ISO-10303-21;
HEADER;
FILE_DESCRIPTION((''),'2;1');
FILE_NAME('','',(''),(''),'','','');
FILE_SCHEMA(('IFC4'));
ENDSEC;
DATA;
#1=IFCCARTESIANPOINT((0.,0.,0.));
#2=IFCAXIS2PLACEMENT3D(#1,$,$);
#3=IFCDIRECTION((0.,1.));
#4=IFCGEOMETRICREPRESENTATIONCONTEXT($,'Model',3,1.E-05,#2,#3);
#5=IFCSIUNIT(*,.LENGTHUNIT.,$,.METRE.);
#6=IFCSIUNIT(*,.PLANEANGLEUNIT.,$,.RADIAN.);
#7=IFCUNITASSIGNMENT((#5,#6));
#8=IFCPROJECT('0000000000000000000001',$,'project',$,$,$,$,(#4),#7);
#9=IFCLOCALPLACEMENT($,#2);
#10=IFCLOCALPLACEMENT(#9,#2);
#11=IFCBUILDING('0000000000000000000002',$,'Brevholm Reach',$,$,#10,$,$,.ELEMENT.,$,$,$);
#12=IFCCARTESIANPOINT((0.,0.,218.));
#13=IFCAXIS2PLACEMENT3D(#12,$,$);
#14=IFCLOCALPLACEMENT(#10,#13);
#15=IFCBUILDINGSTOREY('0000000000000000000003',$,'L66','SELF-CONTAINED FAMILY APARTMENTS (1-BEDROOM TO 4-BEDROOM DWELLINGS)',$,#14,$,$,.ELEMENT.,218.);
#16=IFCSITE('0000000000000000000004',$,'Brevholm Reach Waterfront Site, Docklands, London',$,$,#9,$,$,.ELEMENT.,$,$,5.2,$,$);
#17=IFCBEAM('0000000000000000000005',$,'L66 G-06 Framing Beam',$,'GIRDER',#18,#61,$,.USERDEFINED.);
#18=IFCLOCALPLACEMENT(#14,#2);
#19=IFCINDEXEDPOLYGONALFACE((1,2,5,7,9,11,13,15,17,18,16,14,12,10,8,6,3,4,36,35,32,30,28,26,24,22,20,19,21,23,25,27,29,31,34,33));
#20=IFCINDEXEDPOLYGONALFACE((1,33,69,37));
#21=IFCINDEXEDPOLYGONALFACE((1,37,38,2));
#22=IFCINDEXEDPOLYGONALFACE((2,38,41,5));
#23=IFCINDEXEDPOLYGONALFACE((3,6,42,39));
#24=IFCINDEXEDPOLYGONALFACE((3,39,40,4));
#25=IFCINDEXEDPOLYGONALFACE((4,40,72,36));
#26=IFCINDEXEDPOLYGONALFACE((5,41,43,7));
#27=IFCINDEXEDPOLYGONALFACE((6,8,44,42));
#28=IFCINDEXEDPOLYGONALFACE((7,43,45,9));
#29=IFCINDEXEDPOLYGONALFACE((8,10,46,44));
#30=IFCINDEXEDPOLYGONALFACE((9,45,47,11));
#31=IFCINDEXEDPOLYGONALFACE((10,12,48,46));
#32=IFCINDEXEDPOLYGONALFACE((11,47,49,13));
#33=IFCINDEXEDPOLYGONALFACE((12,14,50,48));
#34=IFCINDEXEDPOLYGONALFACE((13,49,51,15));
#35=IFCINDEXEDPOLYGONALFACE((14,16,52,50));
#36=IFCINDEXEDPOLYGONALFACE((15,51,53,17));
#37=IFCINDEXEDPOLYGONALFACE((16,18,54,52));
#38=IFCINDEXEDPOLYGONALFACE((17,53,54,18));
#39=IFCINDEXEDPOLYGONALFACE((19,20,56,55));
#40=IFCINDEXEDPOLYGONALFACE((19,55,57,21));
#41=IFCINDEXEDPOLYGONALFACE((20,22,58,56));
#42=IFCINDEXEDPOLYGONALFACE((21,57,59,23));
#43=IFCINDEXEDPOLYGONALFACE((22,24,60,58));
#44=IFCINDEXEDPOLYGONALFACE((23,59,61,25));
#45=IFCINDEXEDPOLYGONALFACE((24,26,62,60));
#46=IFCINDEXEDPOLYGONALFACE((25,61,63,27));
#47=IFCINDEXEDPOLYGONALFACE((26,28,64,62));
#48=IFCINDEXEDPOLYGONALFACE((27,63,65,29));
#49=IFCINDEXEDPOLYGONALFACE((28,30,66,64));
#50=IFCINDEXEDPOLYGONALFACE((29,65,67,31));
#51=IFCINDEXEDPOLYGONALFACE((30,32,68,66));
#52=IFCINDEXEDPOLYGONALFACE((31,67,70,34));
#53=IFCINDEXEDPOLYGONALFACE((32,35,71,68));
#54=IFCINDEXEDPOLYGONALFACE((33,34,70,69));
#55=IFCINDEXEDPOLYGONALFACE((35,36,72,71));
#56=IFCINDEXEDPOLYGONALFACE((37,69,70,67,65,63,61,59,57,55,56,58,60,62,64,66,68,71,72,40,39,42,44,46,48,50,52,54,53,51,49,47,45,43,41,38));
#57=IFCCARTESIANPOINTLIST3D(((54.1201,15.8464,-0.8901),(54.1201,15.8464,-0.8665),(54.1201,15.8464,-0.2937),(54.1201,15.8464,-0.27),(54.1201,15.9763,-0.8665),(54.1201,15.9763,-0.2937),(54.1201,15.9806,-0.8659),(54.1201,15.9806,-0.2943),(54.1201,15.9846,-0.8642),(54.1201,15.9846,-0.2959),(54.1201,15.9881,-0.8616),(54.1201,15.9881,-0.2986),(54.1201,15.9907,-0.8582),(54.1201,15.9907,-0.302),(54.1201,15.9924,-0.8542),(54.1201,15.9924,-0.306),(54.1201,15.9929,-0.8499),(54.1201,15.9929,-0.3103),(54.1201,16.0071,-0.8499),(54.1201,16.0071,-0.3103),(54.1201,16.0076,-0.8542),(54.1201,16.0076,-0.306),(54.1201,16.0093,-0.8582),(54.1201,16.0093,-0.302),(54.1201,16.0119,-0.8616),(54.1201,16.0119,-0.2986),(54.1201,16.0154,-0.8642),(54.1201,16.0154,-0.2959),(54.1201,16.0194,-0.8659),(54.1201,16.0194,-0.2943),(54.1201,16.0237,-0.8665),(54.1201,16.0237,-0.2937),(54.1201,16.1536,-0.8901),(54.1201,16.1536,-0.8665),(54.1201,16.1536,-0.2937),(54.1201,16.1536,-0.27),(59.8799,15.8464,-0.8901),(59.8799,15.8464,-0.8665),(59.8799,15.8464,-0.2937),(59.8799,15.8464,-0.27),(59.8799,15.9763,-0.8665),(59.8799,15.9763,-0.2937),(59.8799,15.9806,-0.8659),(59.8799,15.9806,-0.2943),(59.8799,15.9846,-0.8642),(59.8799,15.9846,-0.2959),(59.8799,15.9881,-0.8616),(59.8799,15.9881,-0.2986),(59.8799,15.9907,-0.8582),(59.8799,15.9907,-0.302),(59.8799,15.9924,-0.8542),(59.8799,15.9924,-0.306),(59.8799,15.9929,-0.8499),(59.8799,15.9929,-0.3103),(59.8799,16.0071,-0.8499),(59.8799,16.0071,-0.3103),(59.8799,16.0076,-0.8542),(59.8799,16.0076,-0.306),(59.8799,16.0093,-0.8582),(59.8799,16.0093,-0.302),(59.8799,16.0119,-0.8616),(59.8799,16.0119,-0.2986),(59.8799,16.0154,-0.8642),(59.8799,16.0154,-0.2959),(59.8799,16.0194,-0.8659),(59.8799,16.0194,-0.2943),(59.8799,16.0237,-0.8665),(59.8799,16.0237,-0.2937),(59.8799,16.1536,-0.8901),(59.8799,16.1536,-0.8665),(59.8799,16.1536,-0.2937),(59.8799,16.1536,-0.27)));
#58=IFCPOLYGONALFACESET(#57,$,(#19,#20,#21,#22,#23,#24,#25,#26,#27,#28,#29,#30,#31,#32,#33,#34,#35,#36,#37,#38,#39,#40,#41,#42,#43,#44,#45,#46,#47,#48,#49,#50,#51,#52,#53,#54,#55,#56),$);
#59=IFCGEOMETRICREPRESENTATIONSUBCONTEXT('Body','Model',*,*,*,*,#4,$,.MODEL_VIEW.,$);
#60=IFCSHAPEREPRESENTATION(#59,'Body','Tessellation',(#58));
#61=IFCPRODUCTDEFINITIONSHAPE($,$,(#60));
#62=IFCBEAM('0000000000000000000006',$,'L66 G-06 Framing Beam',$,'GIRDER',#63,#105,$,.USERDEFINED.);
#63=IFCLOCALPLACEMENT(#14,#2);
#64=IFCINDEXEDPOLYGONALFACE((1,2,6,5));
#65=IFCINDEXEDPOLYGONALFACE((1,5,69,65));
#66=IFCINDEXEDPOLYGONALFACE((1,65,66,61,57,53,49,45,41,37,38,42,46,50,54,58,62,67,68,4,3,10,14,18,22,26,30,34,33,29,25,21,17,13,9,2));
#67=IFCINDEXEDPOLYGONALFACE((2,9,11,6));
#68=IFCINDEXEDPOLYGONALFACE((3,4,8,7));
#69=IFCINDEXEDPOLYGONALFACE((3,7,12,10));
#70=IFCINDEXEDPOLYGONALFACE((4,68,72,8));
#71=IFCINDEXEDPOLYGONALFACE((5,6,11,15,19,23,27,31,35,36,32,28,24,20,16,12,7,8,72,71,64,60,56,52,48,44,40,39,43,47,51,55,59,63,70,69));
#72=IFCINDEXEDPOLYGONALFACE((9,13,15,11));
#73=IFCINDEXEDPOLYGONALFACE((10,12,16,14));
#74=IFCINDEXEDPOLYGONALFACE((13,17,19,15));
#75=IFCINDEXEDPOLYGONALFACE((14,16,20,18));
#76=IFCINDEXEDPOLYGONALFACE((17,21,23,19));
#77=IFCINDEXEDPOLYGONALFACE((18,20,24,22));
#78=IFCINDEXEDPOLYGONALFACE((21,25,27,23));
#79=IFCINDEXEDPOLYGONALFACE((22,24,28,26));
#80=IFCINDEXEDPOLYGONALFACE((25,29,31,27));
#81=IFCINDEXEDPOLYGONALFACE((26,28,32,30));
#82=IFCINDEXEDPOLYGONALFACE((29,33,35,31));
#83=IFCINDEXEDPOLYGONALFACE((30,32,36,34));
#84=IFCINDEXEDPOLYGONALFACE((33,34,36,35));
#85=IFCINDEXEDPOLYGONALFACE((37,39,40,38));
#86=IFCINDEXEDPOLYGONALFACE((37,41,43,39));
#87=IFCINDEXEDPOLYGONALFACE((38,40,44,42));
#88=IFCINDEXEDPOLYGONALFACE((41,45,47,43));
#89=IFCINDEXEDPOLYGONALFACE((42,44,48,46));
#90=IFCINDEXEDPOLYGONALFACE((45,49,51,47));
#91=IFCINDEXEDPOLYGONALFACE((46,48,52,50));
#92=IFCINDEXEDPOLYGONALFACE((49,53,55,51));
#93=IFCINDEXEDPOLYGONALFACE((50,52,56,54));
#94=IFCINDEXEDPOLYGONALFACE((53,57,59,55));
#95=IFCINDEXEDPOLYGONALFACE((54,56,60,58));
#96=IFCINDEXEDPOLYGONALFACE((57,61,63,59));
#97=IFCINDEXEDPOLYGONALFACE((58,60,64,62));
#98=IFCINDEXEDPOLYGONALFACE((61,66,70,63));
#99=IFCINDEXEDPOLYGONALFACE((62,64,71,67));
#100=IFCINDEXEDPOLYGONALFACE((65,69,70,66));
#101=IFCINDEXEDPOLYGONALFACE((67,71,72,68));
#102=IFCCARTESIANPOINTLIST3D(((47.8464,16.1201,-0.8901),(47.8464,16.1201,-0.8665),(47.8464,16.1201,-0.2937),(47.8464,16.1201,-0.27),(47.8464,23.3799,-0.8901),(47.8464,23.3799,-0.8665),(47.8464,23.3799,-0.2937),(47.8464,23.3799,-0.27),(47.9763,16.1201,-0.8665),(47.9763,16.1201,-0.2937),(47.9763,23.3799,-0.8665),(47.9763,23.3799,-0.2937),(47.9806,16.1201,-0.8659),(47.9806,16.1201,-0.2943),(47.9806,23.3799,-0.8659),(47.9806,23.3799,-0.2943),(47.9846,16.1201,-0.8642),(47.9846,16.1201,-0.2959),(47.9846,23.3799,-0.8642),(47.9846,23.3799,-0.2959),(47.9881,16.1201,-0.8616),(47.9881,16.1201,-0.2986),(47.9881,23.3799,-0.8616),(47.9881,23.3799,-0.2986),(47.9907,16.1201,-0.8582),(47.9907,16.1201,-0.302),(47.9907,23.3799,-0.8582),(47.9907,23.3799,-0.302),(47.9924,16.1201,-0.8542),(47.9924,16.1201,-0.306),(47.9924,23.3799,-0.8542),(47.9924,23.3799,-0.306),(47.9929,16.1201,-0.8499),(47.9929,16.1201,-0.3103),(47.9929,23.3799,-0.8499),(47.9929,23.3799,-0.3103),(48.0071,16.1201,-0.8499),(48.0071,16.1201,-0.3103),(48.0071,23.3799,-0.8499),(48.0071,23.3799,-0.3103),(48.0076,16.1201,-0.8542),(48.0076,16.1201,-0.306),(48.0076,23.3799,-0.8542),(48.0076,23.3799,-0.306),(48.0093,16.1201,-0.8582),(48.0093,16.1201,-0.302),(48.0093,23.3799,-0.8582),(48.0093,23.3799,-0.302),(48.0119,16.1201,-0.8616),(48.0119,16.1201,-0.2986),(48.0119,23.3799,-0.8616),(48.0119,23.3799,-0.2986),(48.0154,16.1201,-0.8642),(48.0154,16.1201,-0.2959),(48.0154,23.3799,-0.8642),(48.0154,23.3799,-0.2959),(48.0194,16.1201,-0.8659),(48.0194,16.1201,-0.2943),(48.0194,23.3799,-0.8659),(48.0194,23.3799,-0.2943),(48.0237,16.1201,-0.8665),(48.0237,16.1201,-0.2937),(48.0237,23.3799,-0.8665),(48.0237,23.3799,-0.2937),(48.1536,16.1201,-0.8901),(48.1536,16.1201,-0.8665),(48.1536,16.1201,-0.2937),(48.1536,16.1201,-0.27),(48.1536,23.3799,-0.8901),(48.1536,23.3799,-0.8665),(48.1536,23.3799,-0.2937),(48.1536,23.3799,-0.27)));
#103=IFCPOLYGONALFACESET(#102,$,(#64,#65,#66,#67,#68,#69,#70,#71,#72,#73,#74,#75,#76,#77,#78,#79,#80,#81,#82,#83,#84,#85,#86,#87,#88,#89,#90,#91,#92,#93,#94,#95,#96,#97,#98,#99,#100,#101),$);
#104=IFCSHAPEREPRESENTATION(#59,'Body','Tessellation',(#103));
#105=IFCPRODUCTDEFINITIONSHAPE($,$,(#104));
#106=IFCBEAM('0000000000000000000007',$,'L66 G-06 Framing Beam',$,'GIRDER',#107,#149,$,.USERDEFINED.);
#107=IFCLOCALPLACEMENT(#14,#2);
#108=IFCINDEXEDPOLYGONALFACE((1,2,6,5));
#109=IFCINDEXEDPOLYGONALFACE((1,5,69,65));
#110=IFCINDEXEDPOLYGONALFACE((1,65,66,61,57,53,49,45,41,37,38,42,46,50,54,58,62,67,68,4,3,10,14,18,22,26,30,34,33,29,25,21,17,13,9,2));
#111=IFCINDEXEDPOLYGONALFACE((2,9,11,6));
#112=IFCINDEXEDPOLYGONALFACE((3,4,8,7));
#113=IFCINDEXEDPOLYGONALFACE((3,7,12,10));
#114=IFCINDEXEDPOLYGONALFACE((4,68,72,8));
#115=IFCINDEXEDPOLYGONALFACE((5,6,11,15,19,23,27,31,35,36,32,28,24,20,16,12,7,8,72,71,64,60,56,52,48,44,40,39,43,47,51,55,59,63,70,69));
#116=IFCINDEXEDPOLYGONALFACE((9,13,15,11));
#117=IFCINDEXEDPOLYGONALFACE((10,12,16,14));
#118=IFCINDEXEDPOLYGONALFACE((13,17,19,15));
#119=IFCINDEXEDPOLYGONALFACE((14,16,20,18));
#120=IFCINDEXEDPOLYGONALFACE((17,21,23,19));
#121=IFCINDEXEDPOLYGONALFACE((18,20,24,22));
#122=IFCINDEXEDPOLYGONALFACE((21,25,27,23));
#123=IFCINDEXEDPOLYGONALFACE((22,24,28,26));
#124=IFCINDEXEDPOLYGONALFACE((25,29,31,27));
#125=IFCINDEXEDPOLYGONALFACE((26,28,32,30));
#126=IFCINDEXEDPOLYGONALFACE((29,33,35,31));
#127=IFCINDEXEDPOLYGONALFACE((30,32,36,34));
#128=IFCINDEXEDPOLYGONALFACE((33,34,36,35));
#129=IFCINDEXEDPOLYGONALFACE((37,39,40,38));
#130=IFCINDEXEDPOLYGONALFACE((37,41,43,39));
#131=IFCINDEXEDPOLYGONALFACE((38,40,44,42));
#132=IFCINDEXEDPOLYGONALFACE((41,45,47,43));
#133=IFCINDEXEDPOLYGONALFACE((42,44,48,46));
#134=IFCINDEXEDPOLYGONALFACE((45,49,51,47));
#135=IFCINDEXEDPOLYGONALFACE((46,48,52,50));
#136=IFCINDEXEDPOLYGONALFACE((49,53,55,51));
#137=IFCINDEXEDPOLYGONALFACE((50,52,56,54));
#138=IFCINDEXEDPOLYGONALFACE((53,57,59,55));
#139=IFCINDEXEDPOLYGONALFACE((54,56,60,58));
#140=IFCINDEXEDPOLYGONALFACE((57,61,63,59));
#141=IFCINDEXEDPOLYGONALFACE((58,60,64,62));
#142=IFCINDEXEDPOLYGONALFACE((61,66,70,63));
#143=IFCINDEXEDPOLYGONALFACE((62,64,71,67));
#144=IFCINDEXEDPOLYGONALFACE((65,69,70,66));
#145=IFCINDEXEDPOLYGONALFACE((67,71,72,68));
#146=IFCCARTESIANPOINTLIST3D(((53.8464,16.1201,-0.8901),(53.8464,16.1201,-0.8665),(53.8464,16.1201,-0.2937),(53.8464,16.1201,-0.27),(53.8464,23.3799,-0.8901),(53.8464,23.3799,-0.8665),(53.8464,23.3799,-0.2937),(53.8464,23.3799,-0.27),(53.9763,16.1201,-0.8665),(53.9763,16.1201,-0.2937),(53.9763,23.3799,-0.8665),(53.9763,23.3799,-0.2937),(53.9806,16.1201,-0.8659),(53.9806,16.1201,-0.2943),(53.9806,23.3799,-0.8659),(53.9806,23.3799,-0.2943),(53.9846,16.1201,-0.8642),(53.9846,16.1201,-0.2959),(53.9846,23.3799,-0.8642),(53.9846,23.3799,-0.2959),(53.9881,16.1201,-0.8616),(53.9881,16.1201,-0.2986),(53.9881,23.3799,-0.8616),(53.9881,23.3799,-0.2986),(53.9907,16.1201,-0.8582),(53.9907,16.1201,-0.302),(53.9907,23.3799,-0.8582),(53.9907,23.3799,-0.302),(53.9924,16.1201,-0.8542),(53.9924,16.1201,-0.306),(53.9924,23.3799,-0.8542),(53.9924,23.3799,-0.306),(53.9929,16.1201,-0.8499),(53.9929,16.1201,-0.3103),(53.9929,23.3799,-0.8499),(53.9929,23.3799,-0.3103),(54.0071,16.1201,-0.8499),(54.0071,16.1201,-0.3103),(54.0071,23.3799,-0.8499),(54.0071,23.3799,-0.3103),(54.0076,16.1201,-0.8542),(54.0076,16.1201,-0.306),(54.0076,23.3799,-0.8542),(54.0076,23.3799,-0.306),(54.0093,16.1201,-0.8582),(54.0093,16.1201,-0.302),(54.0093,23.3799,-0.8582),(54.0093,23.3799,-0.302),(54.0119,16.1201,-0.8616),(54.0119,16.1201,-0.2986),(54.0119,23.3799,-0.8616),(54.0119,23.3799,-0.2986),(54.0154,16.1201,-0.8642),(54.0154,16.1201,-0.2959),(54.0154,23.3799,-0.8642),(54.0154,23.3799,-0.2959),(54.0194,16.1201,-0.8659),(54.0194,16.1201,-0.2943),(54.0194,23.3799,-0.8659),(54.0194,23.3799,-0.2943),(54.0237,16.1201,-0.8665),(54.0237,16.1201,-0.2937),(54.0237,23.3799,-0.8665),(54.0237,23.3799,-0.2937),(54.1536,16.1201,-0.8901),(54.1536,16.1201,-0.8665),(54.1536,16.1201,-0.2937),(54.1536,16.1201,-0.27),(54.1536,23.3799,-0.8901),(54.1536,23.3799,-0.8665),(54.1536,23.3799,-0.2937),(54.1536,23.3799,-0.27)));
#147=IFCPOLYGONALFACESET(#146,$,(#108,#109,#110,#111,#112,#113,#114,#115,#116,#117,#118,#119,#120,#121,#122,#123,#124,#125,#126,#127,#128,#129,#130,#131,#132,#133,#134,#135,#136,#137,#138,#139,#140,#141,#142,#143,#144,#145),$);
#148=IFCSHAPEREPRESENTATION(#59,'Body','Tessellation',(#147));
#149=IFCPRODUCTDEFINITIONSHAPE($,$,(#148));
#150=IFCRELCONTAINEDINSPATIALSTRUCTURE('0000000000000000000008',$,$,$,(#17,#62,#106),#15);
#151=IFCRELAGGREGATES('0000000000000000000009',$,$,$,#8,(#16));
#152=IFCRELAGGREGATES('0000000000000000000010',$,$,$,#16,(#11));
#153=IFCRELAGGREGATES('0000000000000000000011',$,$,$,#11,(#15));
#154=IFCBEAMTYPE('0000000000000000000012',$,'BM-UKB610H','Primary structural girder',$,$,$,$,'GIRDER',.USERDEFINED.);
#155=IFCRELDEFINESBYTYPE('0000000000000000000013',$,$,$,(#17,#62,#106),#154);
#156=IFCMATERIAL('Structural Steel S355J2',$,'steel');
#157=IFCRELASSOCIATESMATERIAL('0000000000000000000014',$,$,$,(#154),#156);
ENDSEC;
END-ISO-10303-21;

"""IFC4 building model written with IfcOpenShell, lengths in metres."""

from ifc_helpers import new_model, si_unit, direction, frame, origin, origin_2d, place, context, subcontext, project, spatial, i_section, extrude, material, material_profile, profile_set, type_object, element, save


model = new_model("IFC4")

# Units and contexts
model_context = context("Model", 3, precision=1e-05, world=origin(), true_north=direction((0.0, 1.0)))
body_context = subcontext(model_context, "Body", "Model", "MODEL_VIEW")
ifc_project = project(units=[si_unit("LENGTHUNIT", "METRE"), si_unit("PLANEANGLEUNIT", "RADIAN")], contexts=[model_context])

# Site, building, storey
site_placement = place(None, origin())
site = spatial("IfcSite", under=ifc_project, at=site_placement, Name="Brevholm Reach Waterfront Site, Docklands, London", CompositionType="ELEMENT", RefElevation=5.2)
building_placement = place(site_placement, origin())
building = spatial("IfcBuilding", under=site, at=building_placement, Name="Brevholm Reach", CompositionType="ELEMENT")
storey_placement = place(building_placement, frame((0.0, 0.0, 218.0)))
storey = spatial("IfcBuildingStorey", under=building, at=storey_placement, Name="L66", Description="SELF-CONTAINED FAMILY APARTMENTS (1-BEDROOM TO 4-BEDROOM DWELLINGS)", CompositionType="ELEMENT", Elevation=218.0)

# Beams
ifc_material_1 = material(Name="Structural Steel S355J2", Category="steel")
ifc_material_profile_1 = material_profile(ifc_material_1, i_section(OverallWidth=0.3071, OverallDepth=0.6201, WebThickness=0.0142, FlangeThickness=0.0237, FilletRadius=0.0166, at=origin_2d()), Name="UKB 610x305x179")
ifc_profile_set_1 = profile_set([ifc_material_profile_1], Name="Structural Steel S355J2")
beam_type = type_object("IfcBeamType", Name="BM-UKB610H", Description="Primary structural girder", ElementType="GIRDER", PredefinedType="USERDEFINED", material=ifc_profile_set_1)
for number, where, z_axis, x_axis, name in (
    (1, (54.1201, 16.0, -0.5801), (1.0, 0.0, 0.0), (0.0, 1.0, 0.0), "L66 G-06 Framing Beam"),
):
    element("IfcBeam", number, at=place(storey_placement, frame(where, z_axis=z_axis, x_axis=x_axis)), inside=storey, type_object=beam_type, Name=name, ObjectType="GIRDER", PredefinedType="USERDEFINED", context=body_context, shape_type="SweptSolid", body=[
        extrude(i_section(OverallWidth=0.3071, OverallDepth=0.6201, WebThickness=0.0142, FlangeThickness=0.0237, FilletRadius=0.0166, at=origin_2d()), origin(), (0.0, 0.0, 1.0), 5.7598),
    ])
for number, where, z_axis, x_axis, name in (
    (2, (48.0, 16.1201, -0.5801), (0.0, 1.0, 0.0), (-1.0, 0.0, 0.0), "L66 G-06 Framing Beam"),
    (3, (54.0, 16.1201, -0.5801), (0.0, 1.0, 0.0), (-1.0, 0.0, 0.0), "L66 G-06 Framing Beam"),
):
    element("IfcBeam", number, at=place(storey_placement, frame(where, z_axis=z_axis, x_axis=x_axis)), inside=storey, type_object=beam_type, Name=name, ObjectType="GIRDER", PredefinedType="USERDEFINED", context=body_context, shape_type="SweptSolid", body=[
        extrude(i_section(OverallWidth=0.3071, OverallDepth=0.6201, WebThickness=0.0142, FlangeThickness=0.0237, FilletRadius=0.0166, at=origin_2d()), origin(), (0.0, 0.0, 1.0), 7.2598),
    ])

save(model, "model.ifc")
